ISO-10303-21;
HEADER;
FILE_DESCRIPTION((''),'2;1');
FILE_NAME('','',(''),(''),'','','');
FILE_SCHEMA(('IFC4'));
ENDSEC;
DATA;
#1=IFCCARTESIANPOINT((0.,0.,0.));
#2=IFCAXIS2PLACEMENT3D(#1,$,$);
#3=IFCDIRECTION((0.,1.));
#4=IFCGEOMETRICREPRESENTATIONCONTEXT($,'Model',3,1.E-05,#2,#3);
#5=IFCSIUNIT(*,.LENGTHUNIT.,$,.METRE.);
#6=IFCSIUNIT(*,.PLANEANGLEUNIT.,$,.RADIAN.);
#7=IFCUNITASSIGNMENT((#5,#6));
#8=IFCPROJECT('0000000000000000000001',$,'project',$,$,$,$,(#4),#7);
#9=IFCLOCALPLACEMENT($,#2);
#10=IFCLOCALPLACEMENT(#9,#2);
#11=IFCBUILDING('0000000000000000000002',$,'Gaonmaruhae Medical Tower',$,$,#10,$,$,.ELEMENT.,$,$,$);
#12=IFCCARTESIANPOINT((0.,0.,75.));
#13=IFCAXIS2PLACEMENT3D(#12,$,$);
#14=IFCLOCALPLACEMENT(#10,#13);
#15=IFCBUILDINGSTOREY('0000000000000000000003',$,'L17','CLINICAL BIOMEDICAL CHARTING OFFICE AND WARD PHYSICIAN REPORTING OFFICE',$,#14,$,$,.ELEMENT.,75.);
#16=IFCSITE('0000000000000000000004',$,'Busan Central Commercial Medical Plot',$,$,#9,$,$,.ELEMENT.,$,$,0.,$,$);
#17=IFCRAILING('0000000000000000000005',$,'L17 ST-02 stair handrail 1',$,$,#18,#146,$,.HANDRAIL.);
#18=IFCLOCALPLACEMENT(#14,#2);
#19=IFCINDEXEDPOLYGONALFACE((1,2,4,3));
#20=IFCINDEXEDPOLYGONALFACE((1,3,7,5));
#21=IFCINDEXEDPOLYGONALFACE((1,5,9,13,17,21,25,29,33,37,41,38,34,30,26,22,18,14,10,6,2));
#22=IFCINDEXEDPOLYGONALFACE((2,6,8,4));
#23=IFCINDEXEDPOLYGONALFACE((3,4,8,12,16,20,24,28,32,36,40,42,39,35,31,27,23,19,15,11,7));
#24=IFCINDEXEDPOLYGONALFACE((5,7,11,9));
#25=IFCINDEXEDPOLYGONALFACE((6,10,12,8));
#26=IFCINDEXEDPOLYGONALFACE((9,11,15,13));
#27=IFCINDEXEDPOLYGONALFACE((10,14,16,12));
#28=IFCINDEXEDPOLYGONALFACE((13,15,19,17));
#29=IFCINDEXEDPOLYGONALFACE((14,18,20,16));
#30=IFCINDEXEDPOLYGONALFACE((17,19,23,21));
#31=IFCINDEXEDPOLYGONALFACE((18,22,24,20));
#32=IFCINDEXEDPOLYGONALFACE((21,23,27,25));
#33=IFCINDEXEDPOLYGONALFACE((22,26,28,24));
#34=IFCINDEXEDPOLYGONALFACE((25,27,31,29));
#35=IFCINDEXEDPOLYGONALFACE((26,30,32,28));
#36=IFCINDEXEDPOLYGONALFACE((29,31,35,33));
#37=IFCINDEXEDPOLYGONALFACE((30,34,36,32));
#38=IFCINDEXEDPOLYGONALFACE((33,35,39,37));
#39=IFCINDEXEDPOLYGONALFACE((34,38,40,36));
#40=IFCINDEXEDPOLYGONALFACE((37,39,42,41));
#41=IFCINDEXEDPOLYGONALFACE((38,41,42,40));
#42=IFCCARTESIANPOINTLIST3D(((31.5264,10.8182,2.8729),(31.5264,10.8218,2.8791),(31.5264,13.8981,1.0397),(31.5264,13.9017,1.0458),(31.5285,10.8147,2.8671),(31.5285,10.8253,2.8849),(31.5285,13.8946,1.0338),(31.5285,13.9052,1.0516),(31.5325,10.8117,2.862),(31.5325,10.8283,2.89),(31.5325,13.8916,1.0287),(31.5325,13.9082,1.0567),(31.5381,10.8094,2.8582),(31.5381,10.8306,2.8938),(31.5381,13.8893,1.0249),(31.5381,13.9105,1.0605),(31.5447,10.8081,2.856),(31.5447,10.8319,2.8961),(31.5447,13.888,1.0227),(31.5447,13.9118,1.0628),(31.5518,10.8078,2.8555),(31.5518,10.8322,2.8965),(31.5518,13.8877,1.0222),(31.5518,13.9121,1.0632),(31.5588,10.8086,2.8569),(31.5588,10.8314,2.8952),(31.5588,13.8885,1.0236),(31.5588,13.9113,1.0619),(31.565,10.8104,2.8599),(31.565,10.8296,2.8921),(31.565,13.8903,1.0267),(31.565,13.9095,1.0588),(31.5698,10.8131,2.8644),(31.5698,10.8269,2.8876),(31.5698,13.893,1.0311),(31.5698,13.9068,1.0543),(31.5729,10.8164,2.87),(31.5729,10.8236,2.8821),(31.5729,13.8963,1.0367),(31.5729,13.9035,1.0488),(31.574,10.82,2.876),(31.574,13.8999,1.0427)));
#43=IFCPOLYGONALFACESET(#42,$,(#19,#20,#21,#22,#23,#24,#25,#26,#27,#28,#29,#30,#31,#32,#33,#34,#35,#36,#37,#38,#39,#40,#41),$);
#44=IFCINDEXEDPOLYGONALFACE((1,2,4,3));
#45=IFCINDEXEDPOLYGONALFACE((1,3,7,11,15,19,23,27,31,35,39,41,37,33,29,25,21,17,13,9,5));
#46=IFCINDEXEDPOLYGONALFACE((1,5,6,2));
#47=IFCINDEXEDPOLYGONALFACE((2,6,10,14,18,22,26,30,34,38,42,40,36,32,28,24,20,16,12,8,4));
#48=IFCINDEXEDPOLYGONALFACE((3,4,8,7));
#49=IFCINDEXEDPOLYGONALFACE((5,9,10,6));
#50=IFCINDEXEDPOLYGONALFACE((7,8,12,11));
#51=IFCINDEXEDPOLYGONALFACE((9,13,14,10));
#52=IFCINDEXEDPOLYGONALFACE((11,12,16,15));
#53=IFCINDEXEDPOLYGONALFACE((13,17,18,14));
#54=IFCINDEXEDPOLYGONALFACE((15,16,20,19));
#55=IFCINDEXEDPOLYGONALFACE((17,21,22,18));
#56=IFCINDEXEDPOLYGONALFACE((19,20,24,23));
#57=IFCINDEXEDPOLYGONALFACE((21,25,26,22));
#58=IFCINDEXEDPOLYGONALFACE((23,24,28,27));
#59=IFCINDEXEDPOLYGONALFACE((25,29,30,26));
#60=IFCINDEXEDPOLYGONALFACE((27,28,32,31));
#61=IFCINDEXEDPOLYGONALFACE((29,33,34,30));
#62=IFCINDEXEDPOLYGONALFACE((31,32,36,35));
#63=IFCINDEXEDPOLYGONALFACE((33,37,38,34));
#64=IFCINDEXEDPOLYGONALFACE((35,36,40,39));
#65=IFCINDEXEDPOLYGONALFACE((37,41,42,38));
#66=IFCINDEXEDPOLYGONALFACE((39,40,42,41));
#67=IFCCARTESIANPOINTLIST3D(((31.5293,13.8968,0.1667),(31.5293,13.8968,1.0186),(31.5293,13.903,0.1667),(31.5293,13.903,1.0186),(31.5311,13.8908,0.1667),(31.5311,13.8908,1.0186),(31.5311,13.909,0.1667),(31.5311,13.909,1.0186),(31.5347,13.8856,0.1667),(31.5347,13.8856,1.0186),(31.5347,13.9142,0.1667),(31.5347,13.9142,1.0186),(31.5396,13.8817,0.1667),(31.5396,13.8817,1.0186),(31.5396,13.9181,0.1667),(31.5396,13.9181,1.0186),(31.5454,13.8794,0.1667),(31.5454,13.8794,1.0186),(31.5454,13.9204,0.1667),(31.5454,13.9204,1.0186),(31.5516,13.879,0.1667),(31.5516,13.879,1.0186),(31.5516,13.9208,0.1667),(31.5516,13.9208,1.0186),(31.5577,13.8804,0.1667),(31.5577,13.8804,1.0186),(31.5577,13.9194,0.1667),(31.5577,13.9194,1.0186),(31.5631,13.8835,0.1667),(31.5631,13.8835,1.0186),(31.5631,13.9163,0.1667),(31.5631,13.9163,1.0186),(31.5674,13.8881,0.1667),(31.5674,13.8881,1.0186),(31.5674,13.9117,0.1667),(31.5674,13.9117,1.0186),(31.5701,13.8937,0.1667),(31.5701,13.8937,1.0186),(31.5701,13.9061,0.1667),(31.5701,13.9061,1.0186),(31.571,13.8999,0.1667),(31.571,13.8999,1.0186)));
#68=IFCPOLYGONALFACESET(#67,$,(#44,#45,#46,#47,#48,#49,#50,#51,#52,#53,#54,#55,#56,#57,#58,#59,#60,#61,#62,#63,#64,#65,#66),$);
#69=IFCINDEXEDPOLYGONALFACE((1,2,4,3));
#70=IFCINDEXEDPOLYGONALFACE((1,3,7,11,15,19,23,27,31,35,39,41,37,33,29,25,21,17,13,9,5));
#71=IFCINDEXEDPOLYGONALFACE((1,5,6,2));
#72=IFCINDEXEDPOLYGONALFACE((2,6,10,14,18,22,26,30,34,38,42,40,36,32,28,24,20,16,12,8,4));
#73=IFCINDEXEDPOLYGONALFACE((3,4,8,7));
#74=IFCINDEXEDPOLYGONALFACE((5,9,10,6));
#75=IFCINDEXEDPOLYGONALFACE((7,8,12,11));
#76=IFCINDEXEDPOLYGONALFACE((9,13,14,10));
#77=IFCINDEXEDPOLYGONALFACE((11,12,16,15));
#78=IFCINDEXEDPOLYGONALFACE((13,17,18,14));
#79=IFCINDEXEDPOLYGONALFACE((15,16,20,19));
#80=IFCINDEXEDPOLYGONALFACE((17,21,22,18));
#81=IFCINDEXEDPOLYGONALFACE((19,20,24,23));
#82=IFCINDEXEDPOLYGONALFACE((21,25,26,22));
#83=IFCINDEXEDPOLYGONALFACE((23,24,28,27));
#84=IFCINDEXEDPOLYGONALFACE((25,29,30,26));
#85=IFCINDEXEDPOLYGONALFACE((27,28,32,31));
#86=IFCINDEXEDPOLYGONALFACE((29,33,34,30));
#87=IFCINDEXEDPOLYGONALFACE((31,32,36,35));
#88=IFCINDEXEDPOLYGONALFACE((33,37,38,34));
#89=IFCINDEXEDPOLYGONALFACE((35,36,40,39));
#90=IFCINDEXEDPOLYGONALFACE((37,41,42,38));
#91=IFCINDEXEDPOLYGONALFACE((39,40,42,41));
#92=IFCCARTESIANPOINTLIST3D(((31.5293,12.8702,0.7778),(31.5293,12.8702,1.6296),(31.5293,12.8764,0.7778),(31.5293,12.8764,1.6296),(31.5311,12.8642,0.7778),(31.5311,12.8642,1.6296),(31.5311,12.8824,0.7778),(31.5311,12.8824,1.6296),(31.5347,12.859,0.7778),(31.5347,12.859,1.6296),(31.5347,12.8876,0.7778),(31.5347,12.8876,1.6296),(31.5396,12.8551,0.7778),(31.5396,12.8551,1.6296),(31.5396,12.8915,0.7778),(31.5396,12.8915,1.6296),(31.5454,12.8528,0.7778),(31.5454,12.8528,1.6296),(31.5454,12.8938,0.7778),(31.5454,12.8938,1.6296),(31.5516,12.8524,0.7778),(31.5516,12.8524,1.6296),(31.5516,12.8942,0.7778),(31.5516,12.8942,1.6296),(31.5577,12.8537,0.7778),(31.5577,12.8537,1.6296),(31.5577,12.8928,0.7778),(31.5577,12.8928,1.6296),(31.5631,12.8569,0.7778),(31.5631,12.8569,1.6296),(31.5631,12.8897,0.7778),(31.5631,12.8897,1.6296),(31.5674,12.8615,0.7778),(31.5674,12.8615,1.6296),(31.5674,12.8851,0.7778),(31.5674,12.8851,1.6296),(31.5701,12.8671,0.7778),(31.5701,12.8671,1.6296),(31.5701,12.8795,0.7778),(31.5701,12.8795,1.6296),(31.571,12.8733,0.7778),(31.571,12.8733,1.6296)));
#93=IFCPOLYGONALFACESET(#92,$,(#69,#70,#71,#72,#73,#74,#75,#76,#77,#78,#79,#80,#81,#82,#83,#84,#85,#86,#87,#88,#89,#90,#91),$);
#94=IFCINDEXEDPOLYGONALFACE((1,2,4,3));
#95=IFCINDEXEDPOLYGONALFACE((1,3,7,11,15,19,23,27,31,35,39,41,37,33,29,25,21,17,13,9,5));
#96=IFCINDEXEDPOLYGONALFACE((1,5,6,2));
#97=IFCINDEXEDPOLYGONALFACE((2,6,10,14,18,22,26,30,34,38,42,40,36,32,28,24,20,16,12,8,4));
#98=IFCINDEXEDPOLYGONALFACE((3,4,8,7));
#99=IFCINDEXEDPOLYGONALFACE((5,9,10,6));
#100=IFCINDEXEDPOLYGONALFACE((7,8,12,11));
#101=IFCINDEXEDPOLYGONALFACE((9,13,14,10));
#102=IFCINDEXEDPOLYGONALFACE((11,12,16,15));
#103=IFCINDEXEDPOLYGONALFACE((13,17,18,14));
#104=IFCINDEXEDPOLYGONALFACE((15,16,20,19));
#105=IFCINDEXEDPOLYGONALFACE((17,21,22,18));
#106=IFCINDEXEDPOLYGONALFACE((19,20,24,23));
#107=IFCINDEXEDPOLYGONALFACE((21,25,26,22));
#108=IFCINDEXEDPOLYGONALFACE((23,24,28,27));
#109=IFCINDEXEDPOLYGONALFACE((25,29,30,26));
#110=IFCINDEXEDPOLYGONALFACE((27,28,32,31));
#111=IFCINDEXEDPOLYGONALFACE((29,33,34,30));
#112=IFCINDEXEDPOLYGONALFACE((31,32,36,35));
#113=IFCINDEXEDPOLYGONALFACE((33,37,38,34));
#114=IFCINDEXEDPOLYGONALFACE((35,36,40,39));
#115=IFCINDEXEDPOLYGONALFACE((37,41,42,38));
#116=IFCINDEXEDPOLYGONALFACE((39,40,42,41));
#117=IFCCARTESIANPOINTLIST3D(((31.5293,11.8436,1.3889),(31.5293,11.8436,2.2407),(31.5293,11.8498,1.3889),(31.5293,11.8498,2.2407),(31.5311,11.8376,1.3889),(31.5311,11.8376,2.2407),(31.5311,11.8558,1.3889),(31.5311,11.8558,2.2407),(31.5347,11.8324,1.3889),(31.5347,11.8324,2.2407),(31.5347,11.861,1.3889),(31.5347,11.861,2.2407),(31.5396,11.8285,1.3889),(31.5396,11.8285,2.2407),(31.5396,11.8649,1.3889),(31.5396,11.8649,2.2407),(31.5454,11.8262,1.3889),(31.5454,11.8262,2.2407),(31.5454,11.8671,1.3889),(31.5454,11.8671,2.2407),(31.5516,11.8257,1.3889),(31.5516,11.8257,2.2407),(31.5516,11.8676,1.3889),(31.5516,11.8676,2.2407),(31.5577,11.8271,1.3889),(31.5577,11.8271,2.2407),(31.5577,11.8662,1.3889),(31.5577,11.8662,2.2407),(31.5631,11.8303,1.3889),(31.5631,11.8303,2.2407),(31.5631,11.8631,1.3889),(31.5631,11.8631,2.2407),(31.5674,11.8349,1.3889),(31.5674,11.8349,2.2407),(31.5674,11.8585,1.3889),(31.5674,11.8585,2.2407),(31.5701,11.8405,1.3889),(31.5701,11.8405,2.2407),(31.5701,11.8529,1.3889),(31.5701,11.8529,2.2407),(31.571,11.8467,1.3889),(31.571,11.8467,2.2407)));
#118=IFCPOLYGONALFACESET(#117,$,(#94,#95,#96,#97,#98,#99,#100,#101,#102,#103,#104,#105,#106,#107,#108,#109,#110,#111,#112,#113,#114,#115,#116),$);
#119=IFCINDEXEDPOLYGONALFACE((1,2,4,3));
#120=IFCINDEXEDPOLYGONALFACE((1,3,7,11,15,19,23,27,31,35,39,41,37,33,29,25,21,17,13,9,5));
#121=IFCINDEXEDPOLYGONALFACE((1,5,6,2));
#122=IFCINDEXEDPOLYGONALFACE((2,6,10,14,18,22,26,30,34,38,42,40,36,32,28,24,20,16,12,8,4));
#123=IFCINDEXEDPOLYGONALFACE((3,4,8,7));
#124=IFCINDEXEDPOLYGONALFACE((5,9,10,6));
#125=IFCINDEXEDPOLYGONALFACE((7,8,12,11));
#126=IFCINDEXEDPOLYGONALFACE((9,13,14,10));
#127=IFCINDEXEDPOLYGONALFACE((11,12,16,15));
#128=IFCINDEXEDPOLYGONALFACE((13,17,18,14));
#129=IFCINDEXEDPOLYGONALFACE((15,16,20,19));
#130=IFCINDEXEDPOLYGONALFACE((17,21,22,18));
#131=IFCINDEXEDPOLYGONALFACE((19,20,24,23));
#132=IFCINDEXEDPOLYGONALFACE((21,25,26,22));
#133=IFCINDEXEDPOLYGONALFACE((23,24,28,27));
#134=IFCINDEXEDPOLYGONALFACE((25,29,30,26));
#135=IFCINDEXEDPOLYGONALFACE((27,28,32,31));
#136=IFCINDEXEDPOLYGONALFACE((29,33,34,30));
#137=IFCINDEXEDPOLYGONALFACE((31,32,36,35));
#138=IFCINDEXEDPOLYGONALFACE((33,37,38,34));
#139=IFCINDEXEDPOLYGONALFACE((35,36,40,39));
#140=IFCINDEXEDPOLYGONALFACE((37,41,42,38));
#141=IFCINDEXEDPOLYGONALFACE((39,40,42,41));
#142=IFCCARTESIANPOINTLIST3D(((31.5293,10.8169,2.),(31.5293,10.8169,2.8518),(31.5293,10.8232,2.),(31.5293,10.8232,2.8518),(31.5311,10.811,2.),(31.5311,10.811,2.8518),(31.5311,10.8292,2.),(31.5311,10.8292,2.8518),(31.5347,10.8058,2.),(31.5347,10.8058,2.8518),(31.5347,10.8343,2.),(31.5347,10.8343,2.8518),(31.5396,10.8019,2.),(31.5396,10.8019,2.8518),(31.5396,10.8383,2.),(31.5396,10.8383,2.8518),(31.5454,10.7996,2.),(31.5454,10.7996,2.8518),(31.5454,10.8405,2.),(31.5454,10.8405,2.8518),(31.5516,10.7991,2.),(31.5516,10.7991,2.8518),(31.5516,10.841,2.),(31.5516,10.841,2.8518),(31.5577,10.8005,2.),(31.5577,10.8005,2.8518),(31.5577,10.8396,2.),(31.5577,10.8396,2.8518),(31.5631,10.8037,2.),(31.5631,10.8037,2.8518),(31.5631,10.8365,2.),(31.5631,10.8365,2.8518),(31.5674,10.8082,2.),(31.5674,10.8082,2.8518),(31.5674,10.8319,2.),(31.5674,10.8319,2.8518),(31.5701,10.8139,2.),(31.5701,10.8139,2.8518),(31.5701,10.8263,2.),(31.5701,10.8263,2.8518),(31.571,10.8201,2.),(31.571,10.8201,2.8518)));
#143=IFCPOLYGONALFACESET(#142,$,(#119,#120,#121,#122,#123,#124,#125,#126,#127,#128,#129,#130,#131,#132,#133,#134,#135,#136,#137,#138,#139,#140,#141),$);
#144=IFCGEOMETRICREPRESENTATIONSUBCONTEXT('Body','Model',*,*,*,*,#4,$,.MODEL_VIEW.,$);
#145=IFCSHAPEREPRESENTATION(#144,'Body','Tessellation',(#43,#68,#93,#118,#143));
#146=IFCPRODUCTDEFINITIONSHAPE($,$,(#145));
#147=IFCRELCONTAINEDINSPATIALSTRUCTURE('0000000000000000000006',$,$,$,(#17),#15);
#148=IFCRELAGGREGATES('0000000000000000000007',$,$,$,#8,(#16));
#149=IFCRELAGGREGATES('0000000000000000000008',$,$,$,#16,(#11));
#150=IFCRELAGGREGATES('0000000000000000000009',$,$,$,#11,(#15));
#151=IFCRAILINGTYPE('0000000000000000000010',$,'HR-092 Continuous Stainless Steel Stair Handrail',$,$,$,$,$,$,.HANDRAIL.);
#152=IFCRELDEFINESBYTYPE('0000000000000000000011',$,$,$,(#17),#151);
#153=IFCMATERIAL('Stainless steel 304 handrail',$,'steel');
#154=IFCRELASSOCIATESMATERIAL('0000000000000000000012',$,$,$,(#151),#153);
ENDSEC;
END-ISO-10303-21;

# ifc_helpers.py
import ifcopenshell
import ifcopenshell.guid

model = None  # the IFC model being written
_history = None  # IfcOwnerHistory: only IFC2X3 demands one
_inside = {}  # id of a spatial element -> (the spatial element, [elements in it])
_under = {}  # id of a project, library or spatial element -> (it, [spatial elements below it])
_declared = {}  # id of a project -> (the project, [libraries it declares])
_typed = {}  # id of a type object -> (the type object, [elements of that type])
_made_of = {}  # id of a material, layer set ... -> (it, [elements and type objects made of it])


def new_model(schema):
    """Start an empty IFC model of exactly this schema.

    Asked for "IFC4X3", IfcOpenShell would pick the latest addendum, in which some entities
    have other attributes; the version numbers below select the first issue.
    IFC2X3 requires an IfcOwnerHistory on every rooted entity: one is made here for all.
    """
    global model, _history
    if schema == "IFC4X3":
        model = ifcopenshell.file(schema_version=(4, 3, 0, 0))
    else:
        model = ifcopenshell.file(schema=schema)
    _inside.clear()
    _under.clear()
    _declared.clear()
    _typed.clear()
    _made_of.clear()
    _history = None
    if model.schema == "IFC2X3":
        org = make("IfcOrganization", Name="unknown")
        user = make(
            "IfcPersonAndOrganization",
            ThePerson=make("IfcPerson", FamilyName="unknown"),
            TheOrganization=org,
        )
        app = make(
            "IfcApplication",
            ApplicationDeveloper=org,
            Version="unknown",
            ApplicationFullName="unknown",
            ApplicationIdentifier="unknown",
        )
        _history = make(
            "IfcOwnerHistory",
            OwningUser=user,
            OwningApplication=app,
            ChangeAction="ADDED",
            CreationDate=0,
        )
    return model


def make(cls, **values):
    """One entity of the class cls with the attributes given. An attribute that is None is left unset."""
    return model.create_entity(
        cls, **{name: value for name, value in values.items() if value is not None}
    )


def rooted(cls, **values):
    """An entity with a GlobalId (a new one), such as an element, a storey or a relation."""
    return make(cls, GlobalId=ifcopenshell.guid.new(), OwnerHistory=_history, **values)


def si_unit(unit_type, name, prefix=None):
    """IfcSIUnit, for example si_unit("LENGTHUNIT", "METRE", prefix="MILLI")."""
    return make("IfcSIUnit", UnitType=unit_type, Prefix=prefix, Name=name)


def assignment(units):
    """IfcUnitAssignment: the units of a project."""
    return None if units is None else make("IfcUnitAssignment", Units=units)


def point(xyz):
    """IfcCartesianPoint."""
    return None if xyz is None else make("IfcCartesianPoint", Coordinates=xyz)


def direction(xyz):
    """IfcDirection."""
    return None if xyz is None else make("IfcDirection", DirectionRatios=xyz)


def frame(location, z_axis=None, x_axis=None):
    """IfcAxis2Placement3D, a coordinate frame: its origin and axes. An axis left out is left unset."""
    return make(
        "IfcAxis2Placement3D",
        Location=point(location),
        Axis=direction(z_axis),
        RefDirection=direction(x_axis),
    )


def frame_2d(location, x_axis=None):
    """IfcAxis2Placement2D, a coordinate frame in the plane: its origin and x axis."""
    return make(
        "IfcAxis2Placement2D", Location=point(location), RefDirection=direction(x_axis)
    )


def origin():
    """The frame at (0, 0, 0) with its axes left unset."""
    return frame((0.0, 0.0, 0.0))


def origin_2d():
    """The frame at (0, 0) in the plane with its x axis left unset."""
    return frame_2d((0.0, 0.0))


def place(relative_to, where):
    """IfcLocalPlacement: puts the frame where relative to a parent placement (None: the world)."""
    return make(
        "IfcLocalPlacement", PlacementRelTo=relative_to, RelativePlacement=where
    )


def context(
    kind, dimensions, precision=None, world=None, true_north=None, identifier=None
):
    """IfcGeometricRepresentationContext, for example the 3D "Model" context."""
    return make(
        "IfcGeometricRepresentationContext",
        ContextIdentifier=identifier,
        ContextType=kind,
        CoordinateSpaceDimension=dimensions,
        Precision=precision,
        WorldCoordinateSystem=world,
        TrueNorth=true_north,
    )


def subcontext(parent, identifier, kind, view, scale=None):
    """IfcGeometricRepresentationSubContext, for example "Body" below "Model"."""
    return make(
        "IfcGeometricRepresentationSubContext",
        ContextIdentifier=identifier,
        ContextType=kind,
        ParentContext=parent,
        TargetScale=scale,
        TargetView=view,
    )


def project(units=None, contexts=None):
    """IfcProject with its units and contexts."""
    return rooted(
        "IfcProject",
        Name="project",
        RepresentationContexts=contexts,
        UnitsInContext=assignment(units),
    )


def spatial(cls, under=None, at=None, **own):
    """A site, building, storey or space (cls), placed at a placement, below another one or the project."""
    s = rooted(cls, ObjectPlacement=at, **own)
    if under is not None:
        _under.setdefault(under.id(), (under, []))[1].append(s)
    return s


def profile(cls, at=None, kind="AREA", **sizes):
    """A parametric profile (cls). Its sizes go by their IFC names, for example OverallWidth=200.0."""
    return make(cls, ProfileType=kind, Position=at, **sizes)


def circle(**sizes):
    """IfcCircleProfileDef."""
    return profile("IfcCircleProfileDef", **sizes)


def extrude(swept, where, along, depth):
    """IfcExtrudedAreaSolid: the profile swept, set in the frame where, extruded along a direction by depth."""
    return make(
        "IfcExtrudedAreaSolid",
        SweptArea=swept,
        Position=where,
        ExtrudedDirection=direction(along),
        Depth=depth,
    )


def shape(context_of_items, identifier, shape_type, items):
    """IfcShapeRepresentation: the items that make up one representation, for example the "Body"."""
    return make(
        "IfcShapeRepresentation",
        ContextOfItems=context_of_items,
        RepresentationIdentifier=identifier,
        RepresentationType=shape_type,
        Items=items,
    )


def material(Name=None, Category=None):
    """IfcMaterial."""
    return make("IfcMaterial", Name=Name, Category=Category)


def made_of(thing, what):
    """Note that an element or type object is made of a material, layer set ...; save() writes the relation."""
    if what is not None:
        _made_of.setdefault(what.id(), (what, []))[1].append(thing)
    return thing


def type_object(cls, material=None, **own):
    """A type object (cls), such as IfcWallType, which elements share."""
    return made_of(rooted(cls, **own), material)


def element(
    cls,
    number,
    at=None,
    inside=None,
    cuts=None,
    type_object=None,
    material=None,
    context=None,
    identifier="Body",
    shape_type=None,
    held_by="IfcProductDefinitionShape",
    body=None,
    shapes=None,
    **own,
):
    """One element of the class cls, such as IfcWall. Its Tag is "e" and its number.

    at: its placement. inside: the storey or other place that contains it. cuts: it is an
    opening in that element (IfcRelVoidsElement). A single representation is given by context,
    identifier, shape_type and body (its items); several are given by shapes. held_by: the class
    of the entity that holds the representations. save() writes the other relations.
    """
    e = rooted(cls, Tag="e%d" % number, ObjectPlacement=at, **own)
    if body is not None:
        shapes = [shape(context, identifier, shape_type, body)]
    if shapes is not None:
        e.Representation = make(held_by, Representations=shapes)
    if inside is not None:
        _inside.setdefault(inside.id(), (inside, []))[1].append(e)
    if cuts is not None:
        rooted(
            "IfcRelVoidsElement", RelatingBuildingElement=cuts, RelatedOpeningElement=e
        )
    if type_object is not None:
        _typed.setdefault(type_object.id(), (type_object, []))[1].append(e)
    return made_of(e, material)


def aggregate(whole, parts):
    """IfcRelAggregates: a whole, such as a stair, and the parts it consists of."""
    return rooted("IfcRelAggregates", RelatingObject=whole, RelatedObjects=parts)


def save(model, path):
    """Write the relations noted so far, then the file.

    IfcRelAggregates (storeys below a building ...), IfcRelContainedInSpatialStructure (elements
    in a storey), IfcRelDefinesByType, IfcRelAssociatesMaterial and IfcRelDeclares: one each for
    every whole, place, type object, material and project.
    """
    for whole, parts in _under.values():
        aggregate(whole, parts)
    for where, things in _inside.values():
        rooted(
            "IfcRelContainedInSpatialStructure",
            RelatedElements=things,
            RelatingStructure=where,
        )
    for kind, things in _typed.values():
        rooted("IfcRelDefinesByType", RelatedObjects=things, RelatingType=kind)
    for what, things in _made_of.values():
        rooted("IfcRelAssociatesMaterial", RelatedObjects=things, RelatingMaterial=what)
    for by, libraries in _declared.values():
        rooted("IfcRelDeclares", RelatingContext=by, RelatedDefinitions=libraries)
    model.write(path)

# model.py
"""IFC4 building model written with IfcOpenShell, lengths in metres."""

from ifc_helpers import new_model, si_unit, direction, frame, origin, origin_2d, place, context, subcontext, project, spatial, circle, extrude, material, type_object, element, save


model = new_model("IFC4")

# Units and contexts
model_context = context("Model", 3, precision=1e-05, world=origin(), true_north=direction((0.0, 1.0)))
body_context = subcontext(model_context, "Body", "Model", "MODEL_VIEW")
ifc_project = project(units=[si_unit("LENGTHUNIT", "METRE"), si_unit("PLANEANGLEUNIT", "RADIAN")], contexts=[model_context])

# Site, building, storey
site_placement = place(None, origin())
site = spatial("IfcSite", under=ifc_project, at=site_placement, Name="Busan Central Commercial Medical Plot", CompositionType="ELEMENT", RefElevation=0.0)
building_placement = place(site_placement, origin())
building = spatial("IfcBuilding", under=site, at=building_placement, Name="Gaonmaruhae Medical Tower", CompositionType="ELEMENT")
storey_placement = place(building_placement, frame((0.0, 0.0, 75.0)))
storey = spatial("IfcBuildingStorey", under=building, at=storey_placement, Name="L17", Description="CLINICAL BIOMEDICAL CHARTING OFFICE AND WARD PHYSICIAN REPORTING OFFICE", CompositionType="ELEMENT", Elevation=75.0)

# Railing
ifc_material_1 = material(Name="Stainless steel 304 handrail", Category="steel")
railing_type_1 = type_object("IfcRailingType", Name="HR-092 Continuous Stainless Steel Stair Handrail", PredefinedType="HANDRAIL", material=ifc_material_1)
railing_1_placement = place(storey_placement, frame((31.55, 13.8999, 0.1667)))
element("IfcRailing", 1, at=railing_1_placement, inside=storey, type_object=railing_type_1, Name="L17 ST-02 stair handrail 1", PredefinedType="HANDRAIL", context=body_context, shape_type="SweptSolid", body=[
    extrude(circle(Radius=0.0239, at=origin_2d()), frame((0.0, 0.0, 0.876), z_axis=(0.0, -0.859291, 0.511487), x_axis=(1.0, 0.0, 0.0)), (0.0, 0.0, 1.0), 3.5842),
    extrude(circle(Radius=0.021, at=origin_2d()), origin(), (0.0, 0.0, 1.0), 0.8518),
    extrude(circle(Radius=0.021, at=origin_2d()), frame((0.0, -1.0266, 0.6111)), (0.0, 0.0, 1.0), 0.8518),
    extrude(circle(Radius=0.021, at=origin_2d()), frame((0.0, -2.0532, 1.2222)), (0.0, 0.0, 1.0), 0.8518),
    extrude(circle(Radius=0.021, at=origin_2d()), frame((0.0, -3.0798, 1.8333)), (0.0, 0.0, 1.0), 0.8518),
])

save(model, "model.ifc")
